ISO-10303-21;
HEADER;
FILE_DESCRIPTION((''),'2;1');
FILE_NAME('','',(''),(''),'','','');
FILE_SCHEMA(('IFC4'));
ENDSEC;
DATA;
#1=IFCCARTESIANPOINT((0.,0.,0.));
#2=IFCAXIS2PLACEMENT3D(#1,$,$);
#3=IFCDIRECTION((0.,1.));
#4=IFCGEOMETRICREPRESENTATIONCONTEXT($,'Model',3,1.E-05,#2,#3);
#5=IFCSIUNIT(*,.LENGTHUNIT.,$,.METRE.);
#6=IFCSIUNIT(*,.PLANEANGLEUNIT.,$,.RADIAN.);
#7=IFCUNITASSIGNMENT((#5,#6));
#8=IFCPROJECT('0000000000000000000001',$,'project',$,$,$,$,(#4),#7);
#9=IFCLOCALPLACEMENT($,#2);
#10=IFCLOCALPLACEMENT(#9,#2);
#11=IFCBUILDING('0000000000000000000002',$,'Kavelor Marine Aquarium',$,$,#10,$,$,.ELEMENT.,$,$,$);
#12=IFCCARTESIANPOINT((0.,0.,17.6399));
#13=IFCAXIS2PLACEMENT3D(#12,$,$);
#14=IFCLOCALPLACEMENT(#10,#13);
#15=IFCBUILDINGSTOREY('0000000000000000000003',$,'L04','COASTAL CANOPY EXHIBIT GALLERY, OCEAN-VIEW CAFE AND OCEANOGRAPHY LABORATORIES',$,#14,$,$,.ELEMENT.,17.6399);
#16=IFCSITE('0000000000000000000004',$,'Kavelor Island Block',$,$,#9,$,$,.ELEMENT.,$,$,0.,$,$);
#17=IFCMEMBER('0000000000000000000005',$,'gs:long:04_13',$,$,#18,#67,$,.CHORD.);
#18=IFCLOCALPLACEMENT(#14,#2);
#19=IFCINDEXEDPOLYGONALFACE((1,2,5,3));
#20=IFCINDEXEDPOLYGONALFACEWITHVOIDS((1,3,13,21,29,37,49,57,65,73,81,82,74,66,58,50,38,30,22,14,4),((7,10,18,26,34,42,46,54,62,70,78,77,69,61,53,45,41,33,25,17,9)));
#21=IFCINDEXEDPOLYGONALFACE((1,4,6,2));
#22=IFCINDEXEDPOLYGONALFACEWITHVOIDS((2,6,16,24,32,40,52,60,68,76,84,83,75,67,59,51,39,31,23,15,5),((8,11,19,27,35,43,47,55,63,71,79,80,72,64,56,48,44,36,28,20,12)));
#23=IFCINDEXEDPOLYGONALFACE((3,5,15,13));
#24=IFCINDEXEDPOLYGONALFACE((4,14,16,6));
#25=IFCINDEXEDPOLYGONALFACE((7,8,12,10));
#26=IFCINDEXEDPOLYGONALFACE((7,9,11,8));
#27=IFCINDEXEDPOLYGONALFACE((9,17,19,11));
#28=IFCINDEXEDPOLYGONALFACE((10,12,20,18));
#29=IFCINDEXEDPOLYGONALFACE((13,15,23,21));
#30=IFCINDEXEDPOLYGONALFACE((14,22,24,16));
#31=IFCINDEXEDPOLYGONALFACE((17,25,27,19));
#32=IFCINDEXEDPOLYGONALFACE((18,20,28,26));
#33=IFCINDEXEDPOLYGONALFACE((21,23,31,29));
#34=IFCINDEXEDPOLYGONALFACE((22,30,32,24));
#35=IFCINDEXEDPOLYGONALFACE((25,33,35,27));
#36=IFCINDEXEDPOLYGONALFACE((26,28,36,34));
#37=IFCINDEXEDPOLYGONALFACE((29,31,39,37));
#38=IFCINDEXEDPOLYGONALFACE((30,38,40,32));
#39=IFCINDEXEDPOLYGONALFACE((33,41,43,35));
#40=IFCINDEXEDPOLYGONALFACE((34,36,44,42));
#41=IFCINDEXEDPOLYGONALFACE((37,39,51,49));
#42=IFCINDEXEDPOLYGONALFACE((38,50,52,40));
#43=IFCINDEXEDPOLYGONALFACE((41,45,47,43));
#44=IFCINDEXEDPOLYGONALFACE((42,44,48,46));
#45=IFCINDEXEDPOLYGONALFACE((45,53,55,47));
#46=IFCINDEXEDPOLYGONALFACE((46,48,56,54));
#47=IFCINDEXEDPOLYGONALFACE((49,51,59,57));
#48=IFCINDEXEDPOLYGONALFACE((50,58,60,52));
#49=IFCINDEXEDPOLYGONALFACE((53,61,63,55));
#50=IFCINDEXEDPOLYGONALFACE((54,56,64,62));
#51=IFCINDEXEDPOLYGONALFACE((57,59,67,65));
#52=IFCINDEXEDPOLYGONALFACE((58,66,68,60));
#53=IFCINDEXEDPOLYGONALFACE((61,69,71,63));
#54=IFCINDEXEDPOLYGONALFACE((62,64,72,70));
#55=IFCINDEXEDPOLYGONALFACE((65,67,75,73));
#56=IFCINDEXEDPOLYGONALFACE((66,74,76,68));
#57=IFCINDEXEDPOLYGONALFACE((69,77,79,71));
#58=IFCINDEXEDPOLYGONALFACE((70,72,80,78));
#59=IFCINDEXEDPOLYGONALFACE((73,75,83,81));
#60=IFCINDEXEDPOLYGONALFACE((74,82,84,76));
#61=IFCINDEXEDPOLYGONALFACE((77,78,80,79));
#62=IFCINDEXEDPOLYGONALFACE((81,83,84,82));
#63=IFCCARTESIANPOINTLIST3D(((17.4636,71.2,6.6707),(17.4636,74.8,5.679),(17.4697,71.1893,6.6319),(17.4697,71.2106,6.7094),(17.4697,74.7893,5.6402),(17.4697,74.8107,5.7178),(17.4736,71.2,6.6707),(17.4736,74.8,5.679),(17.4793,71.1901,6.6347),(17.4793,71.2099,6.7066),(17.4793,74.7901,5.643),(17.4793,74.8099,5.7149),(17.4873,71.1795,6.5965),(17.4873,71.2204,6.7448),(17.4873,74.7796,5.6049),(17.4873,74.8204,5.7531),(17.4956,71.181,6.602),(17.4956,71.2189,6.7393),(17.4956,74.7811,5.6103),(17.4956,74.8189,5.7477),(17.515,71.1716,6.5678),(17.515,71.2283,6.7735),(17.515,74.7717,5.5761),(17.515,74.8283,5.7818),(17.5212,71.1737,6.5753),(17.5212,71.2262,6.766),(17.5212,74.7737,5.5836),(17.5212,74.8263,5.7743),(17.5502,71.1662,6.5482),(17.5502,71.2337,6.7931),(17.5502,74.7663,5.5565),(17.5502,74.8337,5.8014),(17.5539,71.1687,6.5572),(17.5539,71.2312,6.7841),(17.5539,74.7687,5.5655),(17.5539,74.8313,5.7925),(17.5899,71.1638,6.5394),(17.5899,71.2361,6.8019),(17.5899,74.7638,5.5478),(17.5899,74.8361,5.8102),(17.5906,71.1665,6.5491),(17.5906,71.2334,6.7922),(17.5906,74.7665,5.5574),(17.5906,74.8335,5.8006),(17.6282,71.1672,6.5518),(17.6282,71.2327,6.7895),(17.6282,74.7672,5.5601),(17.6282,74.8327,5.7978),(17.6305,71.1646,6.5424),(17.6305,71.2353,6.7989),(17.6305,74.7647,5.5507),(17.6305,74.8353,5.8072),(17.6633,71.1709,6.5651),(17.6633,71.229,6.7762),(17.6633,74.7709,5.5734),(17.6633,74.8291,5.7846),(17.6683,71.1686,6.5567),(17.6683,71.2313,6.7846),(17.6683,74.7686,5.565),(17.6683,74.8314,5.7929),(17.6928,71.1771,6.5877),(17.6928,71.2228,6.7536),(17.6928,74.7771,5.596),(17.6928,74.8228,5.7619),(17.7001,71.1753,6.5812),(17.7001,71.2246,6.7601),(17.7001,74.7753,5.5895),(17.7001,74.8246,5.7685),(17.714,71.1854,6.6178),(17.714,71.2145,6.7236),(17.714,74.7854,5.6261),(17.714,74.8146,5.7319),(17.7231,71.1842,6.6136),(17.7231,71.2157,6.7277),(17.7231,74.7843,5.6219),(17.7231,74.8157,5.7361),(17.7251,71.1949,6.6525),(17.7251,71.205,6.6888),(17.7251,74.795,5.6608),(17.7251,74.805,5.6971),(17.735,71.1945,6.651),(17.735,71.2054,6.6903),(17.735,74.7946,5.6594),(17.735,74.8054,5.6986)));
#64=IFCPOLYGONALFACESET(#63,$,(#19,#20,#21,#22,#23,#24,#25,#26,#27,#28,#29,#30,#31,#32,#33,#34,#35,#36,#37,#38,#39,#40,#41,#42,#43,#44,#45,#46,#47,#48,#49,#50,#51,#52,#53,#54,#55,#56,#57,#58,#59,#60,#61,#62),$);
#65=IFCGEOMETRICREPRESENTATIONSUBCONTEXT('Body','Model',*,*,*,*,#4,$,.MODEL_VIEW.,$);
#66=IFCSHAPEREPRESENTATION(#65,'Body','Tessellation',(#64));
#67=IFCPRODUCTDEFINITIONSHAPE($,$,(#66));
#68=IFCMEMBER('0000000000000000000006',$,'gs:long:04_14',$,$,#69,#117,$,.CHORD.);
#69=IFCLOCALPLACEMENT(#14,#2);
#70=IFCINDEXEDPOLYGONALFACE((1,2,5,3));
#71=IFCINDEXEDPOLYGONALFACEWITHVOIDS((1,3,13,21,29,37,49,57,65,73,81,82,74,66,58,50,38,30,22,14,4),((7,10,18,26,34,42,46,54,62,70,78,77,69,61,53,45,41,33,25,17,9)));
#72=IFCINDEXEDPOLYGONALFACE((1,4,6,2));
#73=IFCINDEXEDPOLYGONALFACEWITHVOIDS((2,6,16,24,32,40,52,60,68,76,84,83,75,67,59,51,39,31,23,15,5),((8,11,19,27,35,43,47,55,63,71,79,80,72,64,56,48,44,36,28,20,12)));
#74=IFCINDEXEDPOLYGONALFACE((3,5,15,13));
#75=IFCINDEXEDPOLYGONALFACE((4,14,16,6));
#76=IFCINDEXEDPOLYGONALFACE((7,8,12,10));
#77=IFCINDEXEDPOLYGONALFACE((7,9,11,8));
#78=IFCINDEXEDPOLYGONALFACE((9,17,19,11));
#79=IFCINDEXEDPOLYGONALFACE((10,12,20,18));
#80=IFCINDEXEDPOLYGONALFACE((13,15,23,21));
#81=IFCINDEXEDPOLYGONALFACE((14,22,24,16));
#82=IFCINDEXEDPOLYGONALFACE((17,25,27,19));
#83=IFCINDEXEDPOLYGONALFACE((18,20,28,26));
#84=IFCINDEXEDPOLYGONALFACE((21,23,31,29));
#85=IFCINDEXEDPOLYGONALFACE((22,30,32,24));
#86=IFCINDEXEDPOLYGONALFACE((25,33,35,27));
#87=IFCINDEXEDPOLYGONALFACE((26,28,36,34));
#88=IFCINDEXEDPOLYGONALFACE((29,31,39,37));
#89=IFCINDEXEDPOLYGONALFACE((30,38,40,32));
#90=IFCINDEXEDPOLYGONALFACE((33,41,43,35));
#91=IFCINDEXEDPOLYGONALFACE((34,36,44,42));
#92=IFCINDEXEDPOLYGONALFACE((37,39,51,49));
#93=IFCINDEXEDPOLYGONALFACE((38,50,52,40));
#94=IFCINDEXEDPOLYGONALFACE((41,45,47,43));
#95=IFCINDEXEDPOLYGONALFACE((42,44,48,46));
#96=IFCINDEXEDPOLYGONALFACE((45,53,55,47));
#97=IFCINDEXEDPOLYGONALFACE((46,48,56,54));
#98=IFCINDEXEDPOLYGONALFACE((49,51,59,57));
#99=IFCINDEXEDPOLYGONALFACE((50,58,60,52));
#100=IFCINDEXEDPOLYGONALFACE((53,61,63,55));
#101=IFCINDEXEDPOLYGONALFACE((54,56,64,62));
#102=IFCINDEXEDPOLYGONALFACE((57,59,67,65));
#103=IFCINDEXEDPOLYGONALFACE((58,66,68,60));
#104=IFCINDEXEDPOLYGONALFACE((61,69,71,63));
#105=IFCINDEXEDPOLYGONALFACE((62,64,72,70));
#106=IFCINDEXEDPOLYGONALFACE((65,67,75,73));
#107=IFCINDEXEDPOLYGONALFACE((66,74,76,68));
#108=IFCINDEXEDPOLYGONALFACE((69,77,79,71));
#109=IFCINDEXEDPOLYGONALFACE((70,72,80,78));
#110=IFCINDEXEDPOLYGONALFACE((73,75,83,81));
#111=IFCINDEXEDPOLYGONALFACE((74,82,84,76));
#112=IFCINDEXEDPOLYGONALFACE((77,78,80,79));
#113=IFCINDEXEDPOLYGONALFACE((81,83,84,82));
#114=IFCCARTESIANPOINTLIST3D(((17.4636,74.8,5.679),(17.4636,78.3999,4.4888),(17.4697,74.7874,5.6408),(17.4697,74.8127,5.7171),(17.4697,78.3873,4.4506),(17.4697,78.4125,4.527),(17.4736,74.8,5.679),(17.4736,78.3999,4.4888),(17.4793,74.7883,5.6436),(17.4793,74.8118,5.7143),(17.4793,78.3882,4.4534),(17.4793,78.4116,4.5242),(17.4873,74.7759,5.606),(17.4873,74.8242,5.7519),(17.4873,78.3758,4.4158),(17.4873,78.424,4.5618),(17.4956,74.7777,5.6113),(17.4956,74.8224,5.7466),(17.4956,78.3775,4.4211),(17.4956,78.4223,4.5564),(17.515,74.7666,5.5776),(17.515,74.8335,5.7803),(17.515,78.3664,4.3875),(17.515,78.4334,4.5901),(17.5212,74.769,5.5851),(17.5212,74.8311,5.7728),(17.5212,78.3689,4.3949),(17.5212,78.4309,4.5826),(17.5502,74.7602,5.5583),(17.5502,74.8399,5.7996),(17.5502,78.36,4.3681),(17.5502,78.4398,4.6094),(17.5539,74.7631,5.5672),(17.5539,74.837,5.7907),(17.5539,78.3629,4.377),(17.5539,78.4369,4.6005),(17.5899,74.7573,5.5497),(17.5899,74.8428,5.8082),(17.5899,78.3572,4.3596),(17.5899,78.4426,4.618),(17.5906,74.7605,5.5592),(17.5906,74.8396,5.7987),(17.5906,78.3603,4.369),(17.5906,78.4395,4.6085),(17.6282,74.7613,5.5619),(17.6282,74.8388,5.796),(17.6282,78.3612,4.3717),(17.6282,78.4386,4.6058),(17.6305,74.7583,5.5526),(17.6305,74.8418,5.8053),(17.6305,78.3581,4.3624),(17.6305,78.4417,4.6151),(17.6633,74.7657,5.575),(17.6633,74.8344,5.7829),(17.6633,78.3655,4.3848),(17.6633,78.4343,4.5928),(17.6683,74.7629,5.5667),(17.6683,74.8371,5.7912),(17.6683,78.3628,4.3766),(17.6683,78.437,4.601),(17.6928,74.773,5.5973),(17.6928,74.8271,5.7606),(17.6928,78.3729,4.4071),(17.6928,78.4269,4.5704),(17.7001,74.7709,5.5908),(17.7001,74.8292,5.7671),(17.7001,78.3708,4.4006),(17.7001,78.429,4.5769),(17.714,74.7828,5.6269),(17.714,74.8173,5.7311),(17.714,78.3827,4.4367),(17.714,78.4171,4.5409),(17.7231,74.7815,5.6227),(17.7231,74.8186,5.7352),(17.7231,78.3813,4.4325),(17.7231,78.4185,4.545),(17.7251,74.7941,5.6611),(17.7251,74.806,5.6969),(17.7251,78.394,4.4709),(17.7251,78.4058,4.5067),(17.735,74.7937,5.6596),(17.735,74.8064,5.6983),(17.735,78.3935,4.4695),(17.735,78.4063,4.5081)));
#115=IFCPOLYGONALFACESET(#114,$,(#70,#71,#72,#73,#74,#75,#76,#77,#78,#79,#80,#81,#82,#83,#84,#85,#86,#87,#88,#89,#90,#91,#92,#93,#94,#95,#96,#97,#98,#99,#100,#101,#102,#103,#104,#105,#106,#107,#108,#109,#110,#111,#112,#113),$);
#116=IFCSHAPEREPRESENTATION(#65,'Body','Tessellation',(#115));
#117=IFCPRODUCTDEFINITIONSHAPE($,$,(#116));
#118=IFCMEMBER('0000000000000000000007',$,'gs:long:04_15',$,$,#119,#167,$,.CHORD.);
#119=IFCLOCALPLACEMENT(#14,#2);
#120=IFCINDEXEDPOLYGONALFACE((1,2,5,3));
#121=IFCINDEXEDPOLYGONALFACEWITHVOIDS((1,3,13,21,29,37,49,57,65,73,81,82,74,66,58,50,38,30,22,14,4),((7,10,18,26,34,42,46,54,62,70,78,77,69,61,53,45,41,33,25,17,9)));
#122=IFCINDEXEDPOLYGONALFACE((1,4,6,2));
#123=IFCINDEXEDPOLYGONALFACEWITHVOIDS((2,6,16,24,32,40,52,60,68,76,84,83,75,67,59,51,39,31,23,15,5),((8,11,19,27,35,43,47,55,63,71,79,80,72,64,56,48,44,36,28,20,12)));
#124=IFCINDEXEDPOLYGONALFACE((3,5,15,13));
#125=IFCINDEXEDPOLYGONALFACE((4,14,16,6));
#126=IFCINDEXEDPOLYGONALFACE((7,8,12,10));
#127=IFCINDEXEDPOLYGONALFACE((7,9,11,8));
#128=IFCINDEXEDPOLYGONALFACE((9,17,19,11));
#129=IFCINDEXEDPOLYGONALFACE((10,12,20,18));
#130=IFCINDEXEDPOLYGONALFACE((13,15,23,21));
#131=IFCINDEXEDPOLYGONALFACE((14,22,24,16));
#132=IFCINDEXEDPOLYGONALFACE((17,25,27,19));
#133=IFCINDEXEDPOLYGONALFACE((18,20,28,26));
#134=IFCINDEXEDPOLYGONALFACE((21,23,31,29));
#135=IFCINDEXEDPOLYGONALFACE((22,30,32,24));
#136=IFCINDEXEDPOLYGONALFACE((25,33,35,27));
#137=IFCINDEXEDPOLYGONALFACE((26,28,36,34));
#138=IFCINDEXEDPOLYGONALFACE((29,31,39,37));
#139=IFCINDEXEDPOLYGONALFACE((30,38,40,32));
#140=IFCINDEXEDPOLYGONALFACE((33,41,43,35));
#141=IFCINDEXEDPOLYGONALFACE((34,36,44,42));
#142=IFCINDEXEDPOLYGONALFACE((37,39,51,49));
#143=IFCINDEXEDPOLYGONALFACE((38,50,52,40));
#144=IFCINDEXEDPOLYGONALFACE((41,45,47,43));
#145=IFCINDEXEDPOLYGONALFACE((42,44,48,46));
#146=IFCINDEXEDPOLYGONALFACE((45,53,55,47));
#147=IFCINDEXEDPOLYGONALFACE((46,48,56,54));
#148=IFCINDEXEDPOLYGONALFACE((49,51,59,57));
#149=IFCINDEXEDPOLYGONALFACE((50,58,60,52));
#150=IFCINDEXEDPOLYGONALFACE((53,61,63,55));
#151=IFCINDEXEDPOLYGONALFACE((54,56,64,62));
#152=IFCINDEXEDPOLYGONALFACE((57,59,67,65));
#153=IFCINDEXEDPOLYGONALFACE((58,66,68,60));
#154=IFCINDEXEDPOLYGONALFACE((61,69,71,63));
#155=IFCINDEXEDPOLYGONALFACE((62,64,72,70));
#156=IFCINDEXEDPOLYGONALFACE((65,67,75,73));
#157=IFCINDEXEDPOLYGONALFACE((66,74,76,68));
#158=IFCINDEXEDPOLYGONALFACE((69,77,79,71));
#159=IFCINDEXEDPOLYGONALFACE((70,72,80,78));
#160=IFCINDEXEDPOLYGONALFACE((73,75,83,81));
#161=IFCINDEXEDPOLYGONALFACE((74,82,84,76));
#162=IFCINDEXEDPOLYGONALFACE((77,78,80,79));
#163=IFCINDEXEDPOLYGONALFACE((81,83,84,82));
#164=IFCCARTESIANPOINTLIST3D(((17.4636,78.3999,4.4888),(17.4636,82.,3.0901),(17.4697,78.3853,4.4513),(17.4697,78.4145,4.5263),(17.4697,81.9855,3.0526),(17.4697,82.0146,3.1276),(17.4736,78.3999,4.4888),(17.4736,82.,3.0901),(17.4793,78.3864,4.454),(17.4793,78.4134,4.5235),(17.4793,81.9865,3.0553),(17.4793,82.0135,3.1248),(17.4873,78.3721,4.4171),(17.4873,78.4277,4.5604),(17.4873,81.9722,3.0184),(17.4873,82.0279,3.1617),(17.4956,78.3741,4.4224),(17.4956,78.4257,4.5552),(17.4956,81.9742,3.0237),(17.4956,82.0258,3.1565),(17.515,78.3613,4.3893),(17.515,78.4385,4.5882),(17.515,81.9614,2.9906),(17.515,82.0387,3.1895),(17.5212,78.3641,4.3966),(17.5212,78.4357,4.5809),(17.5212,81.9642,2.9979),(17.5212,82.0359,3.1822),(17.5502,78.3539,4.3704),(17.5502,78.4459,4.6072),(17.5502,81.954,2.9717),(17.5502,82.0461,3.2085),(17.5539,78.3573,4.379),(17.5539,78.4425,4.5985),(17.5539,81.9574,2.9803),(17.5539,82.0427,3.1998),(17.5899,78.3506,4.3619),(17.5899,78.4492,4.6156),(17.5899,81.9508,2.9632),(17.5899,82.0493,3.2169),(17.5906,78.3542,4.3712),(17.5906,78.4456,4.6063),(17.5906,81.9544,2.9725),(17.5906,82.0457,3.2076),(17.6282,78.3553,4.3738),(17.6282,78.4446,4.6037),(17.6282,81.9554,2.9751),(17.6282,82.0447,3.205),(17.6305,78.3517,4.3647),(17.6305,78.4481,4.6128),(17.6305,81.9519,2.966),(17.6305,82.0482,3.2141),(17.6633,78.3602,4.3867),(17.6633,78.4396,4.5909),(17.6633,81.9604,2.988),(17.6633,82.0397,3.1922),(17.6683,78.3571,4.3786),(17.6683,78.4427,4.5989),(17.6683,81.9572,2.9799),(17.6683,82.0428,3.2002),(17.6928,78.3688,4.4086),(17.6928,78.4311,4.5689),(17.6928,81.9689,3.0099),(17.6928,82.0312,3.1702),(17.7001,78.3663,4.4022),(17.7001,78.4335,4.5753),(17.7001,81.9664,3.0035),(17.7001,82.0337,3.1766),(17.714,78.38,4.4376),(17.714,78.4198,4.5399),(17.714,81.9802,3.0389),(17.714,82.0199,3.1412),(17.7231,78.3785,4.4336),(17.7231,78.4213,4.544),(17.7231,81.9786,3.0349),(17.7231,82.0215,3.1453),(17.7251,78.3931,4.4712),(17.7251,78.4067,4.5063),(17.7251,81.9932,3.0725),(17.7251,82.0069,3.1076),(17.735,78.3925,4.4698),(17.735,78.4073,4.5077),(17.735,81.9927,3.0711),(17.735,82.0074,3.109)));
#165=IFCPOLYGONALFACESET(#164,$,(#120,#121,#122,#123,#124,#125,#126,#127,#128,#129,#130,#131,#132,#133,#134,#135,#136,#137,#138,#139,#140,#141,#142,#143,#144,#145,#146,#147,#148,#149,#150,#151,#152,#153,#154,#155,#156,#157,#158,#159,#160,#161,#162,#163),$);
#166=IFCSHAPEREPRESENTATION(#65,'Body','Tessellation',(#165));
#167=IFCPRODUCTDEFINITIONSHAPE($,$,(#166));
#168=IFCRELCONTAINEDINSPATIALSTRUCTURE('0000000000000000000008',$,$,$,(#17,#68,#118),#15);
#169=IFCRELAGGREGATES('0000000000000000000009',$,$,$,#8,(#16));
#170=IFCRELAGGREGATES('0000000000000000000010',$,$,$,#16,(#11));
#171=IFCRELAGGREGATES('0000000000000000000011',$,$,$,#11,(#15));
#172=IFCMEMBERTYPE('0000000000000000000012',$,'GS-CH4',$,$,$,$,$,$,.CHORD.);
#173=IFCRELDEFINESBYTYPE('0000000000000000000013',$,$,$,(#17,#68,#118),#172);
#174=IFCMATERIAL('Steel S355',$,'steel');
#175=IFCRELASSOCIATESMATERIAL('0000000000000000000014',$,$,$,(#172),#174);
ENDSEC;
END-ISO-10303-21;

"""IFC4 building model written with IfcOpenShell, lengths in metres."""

from ifc_helpers import new_model, si_unit, direction, frame, origin, origin_2d, place, context, subcontext, project, spatial, hollow_circle, extrude, material, material_profile, profile_set, type_object, element, save


model = new_model("IFC4")

# Units and contexts
model_context = context("Model", 3, precision=1e-05, world=origin(), true_north=direction((0.0, 1.0)))
body_context = subcontext(model_context, "Body", "Model", "MODEL_VIEW")
ifc_project = project(units=[si_unit("LENGTHUNIT", "METRE"), si_unit("PLANEANGLEUNIT", "RADIAN")], contexts=[model_context])

# Site, building, storey
site_placement = place(None, origin())
site = spatial("IfcSite", under=ifc_project, at=site_placement, Name="Kavelor Island Block", CompositionType="ELEMENT", RefElevation=0.0)
building_placement = place(site_placement, origin())
building = spatial("IfcBuilding", under=site, at=building_placement, Name="Kavelor Marine Aquarium", CompositionType="ELEMENT")
storey_placement = place(building_placement, frame((0.0, 0.0, 17.6399)))
storey = spatial("IfcBuildingStorey", under=building, at=storey_placement, Name="L04", Description="COASTAL CANOPY EXHIBIT GALLERY, OCEAN-VIEW CAFE AND OCEANOGRAPHY LABORATORIES", CompositionType="ELEMENT", Elevation=17.6399)

# Members
ifc_material_1 = material(Name="Steel S355", Category="steel")
ifc_material_profile_1 = material_profile(ifc_material_1, hollow_circle(Radius=0.1365, WallThickness=0.01, at=origin_2d()), Name="CHS 273.0x10.0")
ifc_profile_set_1 = profile_set([ifc_material_profile_1], Name="Steel S355")
member_type_1 = type_object("IfcMemberType", Name="GS-CH4", PredefinedType="CHORD", material=ifc_profile_set_1)
member_1_placement = place(storey_placement, frame((17.6001, 71.2, 6.6707), z_axis=(0.0, 0.964091, -0.265573), x_axis=(-1.0, 0.0, 0.0)))
element("IfcMember", 1, at=member_1_placement, inside=storey, type_object=member_type_1, Name="gs:long:04_13", PredefinedType="CHORD", context=body_context, shape_type="SweptSolid", body=[
    extrude(hollow_circle(Radius=0.1365, WallThickness=0.01, at=origin_2d()), origin(), (0.0, 0.0, 1.0), 3.7341),
])
member_2_placement = place(storey_placement, frame((17.6001, 74.8, 5.679), z_axis=(0.0, 0.949453, -0.313909), x_axis=(-1.0, 0.0, 0.0)))
element("IfcMember", 2, at=member_2_placement, inside=storey, type_object=member_type_1, Name="gs:long:04_14", PredefinedType="CHORD", context=body_context, shape_type="SweptSolid", body=[
    extrude(hollow_circle(Radius=0.1365, WallThickness=0.01, at=origin_2d()), origin(), (0.0, 0.0, 1.0), 3.7915),
])
member_3_placement = place(storey_placement, frame((17.6001, 78.3999, 4.4888), z_axis=(0.0, 0.932123, -0.362141), x_axis=(-1.0, 0.0, 0.0)))
element("IfcMember", 3, at=member_3_placement, inside=storey, type_object=member_type_1, Name="gs:long:04_15", PredefinedType="CHORD", context=body_context, shape_type="SweptSolid", body=[
    extrude(hollow_circle(Radius=0.1365, WallThickness=0.01, at=origin_2d()), origin(), (0.0, 0.0, 1.0), 3.8623),
])

save(model, "model.ifc")
